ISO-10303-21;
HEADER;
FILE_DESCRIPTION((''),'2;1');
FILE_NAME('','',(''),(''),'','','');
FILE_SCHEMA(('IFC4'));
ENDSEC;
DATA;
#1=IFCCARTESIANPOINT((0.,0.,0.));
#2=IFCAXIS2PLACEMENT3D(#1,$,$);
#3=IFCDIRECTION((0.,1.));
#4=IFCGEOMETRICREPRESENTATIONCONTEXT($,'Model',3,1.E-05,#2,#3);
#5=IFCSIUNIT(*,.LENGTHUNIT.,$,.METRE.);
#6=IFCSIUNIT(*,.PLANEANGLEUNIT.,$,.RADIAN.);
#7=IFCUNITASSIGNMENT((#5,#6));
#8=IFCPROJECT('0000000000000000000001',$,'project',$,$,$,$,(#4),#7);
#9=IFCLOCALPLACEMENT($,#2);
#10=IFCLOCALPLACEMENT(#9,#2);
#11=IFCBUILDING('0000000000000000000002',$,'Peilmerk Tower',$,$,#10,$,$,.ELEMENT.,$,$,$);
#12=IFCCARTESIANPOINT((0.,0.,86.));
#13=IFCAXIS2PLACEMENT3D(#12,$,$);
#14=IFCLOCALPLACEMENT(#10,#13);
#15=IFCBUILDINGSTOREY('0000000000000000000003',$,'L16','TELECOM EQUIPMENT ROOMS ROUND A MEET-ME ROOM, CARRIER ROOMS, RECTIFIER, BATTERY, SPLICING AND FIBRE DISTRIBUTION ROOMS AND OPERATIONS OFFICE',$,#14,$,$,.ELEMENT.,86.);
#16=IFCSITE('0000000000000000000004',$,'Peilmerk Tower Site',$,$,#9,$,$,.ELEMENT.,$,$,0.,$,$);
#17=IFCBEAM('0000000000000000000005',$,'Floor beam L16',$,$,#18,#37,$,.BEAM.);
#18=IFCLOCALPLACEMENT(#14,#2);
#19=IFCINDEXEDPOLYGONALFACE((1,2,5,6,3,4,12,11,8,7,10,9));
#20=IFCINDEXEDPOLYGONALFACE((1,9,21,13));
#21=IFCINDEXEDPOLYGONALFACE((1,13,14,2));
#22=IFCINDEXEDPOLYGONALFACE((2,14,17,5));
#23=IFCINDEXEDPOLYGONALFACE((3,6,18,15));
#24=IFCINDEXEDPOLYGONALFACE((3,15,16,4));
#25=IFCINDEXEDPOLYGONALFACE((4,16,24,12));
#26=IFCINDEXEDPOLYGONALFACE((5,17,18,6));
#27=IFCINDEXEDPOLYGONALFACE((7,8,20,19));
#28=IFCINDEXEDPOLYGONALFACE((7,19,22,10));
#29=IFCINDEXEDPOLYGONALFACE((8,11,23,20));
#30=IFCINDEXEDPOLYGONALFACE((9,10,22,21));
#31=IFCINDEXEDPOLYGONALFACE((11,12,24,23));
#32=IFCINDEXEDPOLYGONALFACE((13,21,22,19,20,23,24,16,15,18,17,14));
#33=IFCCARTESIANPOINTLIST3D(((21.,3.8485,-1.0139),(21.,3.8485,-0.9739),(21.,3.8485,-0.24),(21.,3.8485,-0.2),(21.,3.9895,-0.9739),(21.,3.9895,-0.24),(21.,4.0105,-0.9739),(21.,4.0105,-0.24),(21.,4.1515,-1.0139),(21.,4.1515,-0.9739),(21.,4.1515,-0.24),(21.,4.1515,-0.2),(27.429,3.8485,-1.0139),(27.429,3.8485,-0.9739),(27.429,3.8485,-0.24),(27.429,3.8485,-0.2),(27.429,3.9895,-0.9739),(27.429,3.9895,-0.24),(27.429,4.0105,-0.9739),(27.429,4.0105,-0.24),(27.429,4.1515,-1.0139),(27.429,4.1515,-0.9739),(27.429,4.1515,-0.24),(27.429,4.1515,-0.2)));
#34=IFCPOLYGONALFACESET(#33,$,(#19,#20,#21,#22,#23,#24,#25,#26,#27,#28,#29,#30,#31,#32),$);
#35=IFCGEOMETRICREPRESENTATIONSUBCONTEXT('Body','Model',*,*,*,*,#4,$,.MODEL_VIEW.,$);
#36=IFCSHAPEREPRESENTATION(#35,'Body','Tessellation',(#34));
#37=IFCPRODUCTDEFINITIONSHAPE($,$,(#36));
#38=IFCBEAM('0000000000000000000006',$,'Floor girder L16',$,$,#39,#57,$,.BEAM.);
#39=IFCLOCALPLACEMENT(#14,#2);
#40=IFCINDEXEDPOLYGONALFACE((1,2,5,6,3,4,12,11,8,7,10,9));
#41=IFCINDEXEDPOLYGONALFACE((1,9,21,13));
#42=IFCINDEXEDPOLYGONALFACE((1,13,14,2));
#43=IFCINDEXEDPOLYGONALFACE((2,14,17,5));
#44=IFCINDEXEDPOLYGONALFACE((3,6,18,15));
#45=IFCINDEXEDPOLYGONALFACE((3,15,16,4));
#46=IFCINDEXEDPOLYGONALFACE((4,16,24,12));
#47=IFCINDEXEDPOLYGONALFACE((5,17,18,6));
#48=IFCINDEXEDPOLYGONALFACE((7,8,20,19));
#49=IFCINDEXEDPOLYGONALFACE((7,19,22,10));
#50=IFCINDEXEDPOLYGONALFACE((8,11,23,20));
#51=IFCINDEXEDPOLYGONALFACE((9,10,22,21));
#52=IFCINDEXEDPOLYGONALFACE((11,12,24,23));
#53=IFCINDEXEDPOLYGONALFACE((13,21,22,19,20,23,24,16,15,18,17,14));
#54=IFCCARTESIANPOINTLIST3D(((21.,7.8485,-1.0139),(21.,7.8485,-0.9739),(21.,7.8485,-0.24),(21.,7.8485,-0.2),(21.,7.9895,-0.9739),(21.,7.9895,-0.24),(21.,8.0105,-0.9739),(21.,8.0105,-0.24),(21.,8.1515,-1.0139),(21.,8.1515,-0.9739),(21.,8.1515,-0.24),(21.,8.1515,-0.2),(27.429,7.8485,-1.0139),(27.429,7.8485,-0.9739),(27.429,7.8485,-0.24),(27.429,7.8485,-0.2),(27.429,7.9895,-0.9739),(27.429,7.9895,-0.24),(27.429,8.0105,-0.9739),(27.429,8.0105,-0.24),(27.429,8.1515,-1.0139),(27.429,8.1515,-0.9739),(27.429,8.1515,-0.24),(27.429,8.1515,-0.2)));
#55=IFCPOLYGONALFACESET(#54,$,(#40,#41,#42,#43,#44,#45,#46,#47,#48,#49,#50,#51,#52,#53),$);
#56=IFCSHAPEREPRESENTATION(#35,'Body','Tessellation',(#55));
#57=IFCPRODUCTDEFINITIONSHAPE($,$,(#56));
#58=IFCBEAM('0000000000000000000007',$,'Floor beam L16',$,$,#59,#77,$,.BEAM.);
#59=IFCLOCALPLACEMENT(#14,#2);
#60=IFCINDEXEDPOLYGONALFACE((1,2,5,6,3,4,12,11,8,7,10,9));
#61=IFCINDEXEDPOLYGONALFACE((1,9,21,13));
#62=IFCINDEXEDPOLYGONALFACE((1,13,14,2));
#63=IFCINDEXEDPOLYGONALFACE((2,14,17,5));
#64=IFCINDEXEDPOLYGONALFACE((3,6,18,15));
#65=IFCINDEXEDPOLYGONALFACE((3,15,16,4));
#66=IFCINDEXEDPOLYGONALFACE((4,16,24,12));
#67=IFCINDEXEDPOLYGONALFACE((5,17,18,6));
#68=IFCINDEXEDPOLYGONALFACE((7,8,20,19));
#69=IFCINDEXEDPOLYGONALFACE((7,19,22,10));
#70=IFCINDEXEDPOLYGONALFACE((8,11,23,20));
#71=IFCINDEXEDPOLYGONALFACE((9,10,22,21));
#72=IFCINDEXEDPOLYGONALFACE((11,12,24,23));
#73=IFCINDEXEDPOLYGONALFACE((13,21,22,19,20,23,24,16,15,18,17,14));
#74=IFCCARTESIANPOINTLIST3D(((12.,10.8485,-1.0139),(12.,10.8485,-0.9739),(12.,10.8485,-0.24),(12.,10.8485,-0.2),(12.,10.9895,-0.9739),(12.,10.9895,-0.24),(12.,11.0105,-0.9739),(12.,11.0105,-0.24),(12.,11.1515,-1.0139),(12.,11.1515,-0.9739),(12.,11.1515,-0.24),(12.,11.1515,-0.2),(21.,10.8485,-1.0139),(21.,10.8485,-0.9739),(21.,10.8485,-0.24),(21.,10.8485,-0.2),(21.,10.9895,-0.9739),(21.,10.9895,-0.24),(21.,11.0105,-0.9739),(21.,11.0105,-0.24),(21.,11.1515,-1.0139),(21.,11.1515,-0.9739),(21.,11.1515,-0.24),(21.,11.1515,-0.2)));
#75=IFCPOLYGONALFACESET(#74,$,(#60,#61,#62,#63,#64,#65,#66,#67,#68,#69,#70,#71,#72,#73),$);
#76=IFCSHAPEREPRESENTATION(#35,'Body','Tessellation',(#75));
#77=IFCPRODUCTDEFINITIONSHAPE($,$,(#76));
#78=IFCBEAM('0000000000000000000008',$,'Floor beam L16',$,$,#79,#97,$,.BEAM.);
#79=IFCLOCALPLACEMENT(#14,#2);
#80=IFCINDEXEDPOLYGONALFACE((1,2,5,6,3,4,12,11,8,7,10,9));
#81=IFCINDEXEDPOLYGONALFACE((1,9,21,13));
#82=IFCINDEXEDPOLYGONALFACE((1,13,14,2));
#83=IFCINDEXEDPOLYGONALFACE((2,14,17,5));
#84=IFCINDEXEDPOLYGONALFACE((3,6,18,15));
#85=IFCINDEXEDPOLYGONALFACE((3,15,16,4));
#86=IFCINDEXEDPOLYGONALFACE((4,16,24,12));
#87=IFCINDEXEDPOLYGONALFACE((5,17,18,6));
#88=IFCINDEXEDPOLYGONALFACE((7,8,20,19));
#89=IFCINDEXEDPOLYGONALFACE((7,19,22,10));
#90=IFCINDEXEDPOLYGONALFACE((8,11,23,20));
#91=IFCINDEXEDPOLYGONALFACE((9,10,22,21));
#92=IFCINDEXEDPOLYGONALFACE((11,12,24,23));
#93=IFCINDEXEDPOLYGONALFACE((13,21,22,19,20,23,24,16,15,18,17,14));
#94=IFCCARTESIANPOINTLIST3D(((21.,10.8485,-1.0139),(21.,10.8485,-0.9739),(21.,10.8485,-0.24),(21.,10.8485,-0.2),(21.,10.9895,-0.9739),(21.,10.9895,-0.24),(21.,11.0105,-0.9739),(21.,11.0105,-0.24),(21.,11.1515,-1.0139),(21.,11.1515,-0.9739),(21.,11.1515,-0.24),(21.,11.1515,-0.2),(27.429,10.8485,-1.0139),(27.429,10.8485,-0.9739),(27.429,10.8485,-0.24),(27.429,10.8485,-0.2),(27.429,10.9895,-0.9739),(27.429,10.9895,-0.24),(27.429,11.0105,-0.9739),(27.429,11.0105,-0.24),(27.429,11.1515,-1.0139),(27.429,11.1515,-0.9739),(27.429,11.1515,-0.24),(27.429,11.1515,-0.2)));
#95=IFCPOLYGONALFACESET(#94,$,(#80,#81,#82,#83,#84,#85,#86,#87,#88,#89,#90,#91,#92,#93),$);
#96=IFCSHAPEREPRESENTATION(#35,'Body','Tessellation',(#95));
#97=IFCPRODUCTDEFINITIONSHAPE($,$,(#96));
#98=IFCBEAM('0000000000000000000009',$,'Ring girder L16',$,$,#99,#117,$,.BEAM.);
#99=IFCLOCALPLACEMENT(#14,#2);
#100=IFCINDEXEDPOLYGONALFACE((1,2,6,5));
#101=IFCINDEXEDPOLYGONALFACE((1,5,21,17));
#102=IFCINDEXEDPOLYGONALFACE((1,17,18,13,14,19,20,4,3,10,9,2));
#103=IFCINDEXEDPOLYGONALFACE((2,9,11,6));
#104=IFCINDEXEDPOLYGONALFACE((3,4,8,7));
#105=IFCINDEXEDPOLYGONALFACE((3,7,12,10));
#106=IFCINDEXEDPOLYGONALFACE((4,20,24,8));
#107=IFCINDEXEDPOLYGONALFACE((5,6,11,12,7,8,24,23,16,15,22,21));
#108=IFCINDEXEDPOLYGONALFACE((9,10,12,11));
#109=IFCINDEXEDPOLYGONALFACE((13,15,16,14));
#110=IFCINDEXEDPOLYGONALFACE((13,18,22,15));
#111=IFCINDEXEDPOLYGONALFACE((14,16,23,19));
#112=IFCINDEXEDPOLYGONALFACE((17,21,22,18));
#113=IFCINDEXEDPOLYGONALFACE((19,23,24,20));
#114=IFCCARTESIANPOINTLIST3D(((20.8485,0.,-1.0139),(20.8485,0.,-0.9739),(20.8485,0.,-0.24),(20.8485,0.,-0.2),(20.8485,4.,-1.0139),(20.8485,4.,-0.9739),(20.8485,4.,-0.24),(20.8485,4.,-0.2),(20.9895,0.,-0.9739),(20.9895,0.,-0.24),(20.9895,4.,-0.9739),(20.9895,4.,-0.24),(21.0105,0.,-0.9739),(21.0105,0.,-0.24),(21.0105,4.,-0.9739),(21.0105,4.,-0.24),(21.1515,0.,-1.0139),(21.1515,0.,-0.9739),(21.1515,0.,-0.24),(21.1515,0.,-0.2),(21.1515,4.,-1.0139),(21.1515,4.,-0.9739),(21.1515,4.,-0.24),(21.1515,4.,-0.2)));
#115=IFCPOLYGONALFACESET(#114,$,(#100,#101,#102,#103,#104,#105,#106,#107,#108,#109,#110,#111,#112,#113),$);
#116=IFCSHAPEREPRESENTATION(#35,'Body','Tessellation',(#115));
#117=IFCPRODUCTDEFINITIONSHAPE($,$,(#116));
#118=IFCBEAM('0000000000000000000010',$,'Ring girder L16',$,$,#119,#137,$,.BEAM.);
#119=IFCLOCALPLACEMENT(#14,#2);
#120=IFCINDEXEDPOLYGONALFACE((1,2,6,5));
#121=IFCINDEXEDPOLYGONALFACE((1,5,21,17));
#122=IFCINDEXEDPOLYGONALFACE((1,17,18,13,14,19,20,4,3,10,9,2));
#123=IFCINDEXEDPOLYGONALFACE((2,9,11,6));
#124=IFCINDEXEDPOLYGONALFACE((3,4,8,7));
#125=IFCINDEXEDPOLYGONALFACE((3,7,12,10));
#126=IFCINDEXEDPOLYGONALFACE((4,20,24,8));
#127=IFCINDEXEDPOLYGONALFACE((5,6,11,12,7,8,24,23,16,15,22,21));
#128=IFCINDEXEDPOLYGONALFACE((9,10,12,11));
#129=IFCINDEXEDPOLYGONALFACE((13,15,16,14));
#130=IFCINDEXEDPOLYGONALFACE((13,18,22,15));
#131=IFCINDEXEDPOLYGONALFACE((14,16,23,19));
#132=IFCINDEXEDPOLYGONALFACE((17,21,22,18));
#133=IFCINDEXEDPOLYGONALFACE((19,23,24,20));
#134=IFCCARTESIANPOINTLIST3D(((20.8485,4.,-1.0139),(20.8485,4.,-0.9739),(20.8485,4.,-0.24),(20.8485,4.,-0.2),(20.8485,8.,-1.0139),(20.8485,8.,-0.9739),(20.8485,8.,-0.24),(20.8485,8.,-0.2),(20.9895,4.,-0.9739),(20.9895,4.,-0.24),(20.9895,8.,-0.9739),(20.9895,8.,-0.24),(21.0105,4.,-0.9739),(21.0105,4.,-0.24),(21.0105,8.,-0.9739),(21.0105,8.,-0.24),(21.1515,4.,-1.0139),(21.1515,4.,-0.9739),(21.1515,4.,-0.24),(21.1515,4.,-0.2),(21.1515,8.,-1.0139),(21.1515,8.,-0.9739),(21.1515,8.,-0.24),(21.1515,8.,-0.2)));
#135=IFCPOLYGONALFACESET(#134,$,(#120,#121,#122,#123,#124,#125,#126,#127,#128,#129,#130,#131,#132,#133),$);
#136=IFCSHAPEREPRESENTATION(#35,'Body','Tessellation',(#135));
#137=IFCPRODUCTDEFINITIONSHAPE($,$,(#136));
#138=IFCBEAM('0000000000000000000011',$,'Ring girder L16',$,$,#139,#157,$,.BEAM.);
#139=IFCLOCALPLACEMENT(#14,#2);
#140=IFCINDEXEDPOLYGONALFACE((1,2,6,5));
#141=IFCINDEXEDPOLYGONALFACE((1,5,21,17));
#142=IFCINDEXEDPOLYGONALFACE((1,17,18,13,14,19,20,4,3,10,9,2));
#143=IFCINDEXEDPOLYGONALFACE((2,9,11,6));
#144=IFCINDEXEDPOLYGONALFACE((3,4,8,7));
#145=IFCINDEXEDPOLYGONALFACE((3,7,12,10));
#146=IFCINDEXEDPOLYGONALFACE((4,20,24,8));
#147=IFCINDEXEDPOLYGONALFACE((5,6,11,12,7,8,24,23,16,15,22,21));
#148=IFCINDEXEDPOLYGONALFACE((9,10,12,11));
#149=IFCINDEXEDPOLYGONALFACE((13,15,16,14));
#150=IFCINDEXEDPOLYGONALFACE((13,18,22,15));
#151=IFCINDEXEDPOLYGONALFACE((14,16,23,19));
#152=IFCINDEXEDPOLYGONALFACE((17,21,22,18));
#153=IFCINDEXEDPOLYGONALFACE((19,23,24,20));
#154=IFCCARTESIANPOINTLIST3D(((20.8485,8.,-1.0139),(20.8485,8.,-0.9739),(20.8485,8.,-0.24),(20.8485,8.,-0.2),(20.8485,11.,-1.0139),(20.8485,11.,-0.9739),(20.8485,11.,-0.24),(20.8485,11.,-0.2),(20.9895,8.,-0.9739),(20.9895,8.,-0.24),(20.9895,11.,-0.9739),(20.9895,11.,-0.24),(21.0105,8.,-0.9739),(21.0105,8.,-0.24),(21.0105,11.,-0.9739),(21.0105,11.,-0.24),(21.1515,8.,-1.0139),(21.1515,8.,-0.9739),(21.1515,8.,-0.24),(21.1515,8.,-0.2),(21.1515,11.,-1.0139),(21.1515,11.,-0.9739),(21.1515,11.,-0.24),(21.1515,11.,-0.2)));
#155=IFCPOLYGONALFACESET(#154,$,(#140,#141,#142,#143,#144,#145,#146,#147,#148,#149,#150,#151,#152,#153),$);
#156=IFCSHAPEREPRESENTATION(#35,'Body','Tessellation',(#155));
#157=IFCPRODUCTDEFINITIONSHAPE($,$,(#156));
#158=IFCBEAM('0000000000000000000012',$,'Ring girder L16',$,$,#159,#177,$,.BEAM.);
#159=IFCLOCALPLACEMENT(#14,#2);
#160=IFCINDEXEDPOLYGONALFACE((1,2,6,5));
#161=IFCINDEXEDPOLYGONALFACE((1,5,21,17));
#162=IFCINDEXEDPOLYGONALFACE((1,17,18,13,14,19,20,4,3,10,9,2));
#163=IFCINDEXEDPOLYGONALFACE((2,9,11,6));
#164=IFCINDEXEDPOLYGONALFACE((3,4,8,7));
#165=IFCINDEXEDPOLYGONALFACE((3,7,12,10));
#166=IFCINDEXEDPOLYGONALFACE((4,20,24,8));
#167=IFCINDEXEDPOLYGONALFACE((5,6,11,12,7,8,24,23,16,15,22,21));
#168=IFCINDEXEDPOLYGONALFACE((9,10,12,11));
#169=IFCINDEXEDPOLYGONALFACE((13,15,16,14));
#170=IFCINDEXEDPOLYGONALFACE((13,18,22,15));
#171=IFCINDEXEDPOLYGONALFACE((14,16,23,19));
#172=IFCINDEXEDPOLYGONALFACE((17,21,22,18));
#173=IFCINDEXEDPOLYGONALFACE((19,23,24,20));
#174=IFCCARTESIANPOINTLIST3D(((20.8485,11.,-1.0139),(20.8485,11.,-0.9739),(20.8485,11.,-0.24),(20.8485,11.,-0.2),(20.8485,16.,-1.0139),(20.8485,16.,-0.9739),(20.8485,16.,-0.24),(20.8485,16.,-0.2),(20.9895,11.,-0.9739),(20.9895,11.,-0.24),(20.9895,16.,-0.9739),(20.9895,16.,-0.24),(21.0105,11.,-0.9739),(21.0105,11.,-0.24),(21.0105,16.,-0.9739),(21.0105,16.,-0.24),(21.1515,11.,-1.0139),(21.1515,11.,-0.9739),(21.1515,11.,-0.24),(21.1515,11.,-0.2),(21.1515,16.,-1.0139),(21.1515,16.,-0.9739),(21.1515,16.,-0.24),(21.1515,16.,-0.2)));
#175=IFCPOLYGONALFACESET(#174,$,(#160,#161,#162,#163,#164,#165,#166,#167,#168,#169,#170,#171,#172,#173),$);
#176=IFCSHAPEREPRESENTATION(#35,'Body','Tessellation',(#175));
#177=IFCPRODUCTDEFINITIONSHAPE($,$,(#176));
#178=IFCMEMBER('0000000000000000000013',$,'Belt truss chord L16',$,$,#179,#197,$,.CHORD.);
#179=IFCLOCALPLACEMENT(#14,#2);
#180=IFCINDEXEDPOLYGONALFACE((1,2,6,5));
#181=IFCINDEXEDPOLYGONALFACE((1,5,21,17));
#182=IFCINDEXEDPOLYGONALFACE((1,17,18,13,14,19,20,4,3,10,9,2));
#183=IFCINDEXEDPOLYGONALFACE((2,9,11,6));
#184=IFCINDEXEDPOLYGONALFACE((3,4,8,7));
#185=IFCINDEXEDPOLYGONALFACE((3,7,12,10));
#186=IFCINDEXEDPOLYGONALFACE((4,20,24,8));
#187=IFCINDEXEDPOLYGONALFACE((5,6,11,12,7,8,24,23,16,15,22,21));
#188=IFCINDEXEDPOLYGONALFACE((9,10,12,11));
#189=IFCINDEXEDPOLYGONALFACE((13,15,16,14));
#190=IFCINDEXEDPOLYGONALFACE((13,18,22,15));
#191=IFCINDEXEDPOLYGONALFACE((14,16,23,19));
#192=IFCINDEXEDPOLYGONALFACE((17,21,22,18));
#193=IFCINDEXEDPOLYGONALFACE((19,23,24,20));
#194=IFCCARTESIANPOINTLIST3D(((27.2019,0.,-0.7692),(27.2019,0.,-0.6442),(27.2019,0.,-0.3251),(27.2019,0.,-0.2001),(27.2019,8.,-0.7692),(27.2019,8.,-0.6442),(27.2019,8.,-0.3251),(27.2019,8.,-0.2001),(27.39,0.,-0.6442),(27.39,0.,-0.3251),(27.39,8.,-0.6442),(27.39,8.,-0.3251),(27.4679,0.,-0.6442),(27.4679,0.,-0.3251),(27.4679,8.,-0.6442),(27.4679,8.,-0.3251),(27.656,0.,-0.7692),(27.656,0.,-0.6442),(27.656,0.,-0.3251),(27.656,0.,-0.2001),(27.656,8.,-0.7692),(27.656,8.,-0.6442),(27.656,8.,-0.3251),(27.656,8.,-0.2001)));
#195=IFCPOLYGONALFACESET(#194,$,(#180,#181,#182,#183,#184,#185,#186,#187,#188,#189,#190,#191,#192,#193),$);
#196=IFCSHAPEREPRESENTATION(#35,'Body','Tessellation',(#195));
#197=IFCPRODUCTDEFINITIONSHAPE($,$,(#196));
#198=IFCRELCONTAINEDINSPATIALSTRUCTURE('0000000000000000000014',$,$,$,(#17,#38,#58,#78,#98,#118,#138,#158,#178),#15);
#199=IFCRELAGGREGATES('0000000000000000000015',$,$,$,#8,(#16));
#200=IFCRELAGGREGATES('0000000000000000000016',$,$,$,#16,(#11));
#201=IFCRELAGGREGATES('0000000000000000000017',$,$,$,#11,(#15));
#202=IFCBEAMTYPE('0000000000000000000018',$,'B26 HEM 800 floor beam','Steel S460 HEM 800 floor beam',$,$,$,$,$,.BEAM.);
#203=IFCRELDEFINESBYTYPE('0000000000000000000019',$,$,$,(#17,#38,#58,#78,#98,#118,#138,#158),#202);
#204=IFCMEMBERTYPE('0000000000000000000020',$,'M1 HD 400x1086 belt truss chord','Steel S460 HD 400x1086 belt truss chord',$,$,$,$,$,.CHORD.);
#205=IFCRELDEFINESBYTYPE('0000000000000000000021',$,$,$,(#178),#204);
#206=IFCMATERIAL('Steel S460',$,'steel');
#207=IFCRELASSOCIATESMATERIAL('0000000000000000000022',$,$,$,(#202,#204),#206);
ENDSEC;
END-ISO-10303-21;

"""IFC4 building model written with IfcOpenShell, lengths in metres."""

from ifc_helpers import new_model, si_unit, direction, frame, origin, origin_2d, place, context, subcontext, project, spatial, i_section, extrude, material, material_profile, profile_set, type_object, element, save


model = new_model("IFC4")

# Units and contexts
model_context = context("Model", 3, precision=1e-05, world=origin(), true_north=direction((0.0, 1.0)))
body_context = subcontext(model_context, "Body", "Model", "MODEL_VIEW")
ifc_project = project(units=[si_unit("LENGTHUNIT", "METRE"), si_unit("PLANEANGLEUNIT", "RADIAN")], contexts=[model_context])

# Site, building, storey
site_placement = place(None, origin())
site = spatial("IfcSite", under=ifc_project, at=site_placement, Name="Peilmerk Tower Site", CompositionType="ELEMENT", RefElevation=0.0)
building_placement = place(site_placement, origin())
building = spatial("IfcBuilding", under=site, at=building_placement, Name="Peilmerk Tower", CompositionType="ELEMENT")
storey_placement = place(building_placement, frame((0.0, 0.0, 86.0)))
storey = spatial("IfcBuildingStorey", under=building, at=storey_placement, Name="L16", Description="TELECOM EQUIPMENT ROOMS ROUND A MEET-ME ROOM, CARRIER ROOMS, RECTIFIER, BATTERY, SPLICING AND FIBRE DISTRIBUTION ROOMS AND OPERATIONS OFFICE", CompositionType="ELEMENT", Elevation=86.0)

# Shared definitions
ifc_material_1 = material(Name="Steel S460", Category="steel")

# Beams
ifc_material_profile_1 = material_profile(ifc_material_1, i_section(OverallWidth=0.303, OverallDepth=0.814, WebThickness=0.021, FlangeThickness=0.04, at=origin_2d()), Name="HEM 800")
ifc_profile_set_1 = profile_set([ifc_material_profile_1], Name="Steel S460")
beam_type_1 = type_object("IfcBeamType", Name="B26 HEM 800 floor beam", Description="Steel S460 HEM 800 floor beam", PredefinedType="BEAM", material=ifc_profile_set_1)
for number, where, z_axis, x_axis, name in (
    (1, (21.0, 4.0, -0.6069), (1.0, 0.0, 0.0), (0.0, 1.0, 0.0), "Floor beam L16"),
    (2, (21.0, 8.0, -0.6069), (1.0, 0.0, 0.0), (0.0, 1.0, 0.0), "Floor girder L16"),
):
    element("IfcBeam", number, at=place(storey_placement, frame(where, z_axis=z_axis, x_axis=x_axis)), inside=storey, type_object=beam_type_1, Name=name, PredefinedType="BEAM", context=body_context, shape_type="SweptSolid", body=[
        extrude(i_section(OverallWidth=0.303, OverallDepth=0.814, WebThickness=0.021, FlangeThickness=0.04, at=origin_2d()), origin(), (0.0, 0.0, 1.0), 6.429),
    ])
beam_1_placement = place(storey_placement, frame((12.0, 11.0, -0.6069), z_axis=(1.0, 0.0, 0.0), x_axis=(0.0, 1.0, 0.0)))
element("IfcBeam", 3, at=beam_1_placement, inside=storey, type_object=beam_type_1, Name="Floor beam L16", PredefinedType="BEAM", context=body_context, shape_type="SweptSolid", body=[
    extrude(i_section(OverallWidth=0.303, OverallDepth=0.814, WebThickness=0.021, FlangeThickness=0.04, at=origin_2d()), origin(), (0.0, 0.0, 1.0), 9.0),
])
beam_2_placement = place(storey_placement, frame((21.0, 11.0, -0.6069), z_axis=(1.0, 0.0, 0.0), x_axis=(0.0, 1.0, 0.0)))
element("IfcBeam", 4, at=beam_2_placement, inside=storey, type_object=beam_type_1, Name="Floor beam L16", PredefinedType="BEAM", context=body_context, shape_type="SweptSolid", body=[
    extrude(i_section(OverallWidth=0.303, OverallDepth=0.814, WebThickness=0.021, FlangeThickness=0.04, at=origin_2d()), origin(), (0.0, 0.0, 1.0), 6.429),
])
for number, where, z_axis, x_axis, name in (
    (5, (21.0, 0.0, -0.6069), (0.0, 1.0, 0.0), (-1.0, 0.0, 0.0), "Ring girder L16"),
    (6, (21.0, 4.0, -0.6069), (0.0, 1.0, 0.0), (-1.0, 0.0, 0.0), "Ring girder L16"),
):
    element("IfcBeam", number, at=place(storey_placement, frame(where, z_axis=z_axis, x_axis=x_axis)), inside=storey, type_object=beam_type_1, Name=name, PredefinedType="BEAM", context=body_context, shape_type="SweptSolid", body=[
        extrude(i_section(OverallWidth=0.303, OverallDepth=0.814, WebThickness=0.021, FlangeThickness=0.04, at=origin_2d()), origin(), (0.0, 0.0, 1.0), 4.0),
    ])
beam_3_placement = place(storey_placement, frame((21.0, 8.0, -0.6069), z_axis=(0.0, 1.0, 0.0), x_axis=(-1.0, 0.0, 0.0)))
element("IfcBeam", 7, at=beam_3_placement, inside=storey, type_object=beam_type_1, Name="Ring girder L16", PredefinedType="BEAM", context=body_context, shape_type="SweptSolid", body=[
    extrude(i_section(OverallWidth=0.303, OverallDepth=0.814, WebThickness=0.021, FlangeThickness=0.04, at=origin_2d()), origin(), (0.0, 0.0, 1.0), 3.0),
])
beam_4_placement = place(storey_placement, frame((21.0, 11.0, -0.6069), z_axis=(0.0, 1.0, 0.0), x_axis=(-1.0, 0.0, 0.0)))
element("IfcBeam", 8, at=beam_4_placement, inside=storey, type_object=beam_type_1, Name="Ring girder L16", PredefinedType="BEAM", context=body_context, shape_type="SweptSolid", body=[
    extrude(i_section(OverallWidth=0.303, OverallDepth=0.814, WebThickness=0.021, FlangeThickness=0.04, at=origin_2d()), origin(), (0.0, 0.0, 1.0), 5.0),
])

# Member
ifc_material_profile_2 = material_profile(ifc_material_1, i_section(OverallWidth=0.4541, OverallDepth=0.5691, WebThickness=0.0779, FlangeThickness=0.125, at=origin_2d()), Name="HD 400x1086")
ifc_profile_set_2 = profile_set([ifc_material_profile_2], Name="Steel S460")
member_type = type_object("IfcMemberType", Name="M1 HD 400x1086 belt truss chord", Description="Steel S460 HD 400x1086 belt truss chord", PredefinedType="CHORD", material=ifc_profile_set_2)
for number, where, z_axis, x_axis, name in (
    (9, (27.429, 0.0, -0.4846), (0.0, 1.0, 0.0), (-1.0, 0.0, 0.0), "Belt truss chord L16"),
):
    element("IfcMember", number, at=place(storey_placement, frame(where, z_axis=z_axis, x_axis=x_axis)), inside=storey, type_object=member_type, Name=name, PredefinedType="CHORD", context=body_context, shape_type="SweptSolid", body=[
        extrude(i_section(OverallWidth=0.4541, OverallDepth=0.5691, WebThickness=0.0779, FlangeThickness=0.125, at=origin_2d()), origin(), (0.0, 0.0, 1.0), 8.0),
    ])

save(model, "model.ifc")
